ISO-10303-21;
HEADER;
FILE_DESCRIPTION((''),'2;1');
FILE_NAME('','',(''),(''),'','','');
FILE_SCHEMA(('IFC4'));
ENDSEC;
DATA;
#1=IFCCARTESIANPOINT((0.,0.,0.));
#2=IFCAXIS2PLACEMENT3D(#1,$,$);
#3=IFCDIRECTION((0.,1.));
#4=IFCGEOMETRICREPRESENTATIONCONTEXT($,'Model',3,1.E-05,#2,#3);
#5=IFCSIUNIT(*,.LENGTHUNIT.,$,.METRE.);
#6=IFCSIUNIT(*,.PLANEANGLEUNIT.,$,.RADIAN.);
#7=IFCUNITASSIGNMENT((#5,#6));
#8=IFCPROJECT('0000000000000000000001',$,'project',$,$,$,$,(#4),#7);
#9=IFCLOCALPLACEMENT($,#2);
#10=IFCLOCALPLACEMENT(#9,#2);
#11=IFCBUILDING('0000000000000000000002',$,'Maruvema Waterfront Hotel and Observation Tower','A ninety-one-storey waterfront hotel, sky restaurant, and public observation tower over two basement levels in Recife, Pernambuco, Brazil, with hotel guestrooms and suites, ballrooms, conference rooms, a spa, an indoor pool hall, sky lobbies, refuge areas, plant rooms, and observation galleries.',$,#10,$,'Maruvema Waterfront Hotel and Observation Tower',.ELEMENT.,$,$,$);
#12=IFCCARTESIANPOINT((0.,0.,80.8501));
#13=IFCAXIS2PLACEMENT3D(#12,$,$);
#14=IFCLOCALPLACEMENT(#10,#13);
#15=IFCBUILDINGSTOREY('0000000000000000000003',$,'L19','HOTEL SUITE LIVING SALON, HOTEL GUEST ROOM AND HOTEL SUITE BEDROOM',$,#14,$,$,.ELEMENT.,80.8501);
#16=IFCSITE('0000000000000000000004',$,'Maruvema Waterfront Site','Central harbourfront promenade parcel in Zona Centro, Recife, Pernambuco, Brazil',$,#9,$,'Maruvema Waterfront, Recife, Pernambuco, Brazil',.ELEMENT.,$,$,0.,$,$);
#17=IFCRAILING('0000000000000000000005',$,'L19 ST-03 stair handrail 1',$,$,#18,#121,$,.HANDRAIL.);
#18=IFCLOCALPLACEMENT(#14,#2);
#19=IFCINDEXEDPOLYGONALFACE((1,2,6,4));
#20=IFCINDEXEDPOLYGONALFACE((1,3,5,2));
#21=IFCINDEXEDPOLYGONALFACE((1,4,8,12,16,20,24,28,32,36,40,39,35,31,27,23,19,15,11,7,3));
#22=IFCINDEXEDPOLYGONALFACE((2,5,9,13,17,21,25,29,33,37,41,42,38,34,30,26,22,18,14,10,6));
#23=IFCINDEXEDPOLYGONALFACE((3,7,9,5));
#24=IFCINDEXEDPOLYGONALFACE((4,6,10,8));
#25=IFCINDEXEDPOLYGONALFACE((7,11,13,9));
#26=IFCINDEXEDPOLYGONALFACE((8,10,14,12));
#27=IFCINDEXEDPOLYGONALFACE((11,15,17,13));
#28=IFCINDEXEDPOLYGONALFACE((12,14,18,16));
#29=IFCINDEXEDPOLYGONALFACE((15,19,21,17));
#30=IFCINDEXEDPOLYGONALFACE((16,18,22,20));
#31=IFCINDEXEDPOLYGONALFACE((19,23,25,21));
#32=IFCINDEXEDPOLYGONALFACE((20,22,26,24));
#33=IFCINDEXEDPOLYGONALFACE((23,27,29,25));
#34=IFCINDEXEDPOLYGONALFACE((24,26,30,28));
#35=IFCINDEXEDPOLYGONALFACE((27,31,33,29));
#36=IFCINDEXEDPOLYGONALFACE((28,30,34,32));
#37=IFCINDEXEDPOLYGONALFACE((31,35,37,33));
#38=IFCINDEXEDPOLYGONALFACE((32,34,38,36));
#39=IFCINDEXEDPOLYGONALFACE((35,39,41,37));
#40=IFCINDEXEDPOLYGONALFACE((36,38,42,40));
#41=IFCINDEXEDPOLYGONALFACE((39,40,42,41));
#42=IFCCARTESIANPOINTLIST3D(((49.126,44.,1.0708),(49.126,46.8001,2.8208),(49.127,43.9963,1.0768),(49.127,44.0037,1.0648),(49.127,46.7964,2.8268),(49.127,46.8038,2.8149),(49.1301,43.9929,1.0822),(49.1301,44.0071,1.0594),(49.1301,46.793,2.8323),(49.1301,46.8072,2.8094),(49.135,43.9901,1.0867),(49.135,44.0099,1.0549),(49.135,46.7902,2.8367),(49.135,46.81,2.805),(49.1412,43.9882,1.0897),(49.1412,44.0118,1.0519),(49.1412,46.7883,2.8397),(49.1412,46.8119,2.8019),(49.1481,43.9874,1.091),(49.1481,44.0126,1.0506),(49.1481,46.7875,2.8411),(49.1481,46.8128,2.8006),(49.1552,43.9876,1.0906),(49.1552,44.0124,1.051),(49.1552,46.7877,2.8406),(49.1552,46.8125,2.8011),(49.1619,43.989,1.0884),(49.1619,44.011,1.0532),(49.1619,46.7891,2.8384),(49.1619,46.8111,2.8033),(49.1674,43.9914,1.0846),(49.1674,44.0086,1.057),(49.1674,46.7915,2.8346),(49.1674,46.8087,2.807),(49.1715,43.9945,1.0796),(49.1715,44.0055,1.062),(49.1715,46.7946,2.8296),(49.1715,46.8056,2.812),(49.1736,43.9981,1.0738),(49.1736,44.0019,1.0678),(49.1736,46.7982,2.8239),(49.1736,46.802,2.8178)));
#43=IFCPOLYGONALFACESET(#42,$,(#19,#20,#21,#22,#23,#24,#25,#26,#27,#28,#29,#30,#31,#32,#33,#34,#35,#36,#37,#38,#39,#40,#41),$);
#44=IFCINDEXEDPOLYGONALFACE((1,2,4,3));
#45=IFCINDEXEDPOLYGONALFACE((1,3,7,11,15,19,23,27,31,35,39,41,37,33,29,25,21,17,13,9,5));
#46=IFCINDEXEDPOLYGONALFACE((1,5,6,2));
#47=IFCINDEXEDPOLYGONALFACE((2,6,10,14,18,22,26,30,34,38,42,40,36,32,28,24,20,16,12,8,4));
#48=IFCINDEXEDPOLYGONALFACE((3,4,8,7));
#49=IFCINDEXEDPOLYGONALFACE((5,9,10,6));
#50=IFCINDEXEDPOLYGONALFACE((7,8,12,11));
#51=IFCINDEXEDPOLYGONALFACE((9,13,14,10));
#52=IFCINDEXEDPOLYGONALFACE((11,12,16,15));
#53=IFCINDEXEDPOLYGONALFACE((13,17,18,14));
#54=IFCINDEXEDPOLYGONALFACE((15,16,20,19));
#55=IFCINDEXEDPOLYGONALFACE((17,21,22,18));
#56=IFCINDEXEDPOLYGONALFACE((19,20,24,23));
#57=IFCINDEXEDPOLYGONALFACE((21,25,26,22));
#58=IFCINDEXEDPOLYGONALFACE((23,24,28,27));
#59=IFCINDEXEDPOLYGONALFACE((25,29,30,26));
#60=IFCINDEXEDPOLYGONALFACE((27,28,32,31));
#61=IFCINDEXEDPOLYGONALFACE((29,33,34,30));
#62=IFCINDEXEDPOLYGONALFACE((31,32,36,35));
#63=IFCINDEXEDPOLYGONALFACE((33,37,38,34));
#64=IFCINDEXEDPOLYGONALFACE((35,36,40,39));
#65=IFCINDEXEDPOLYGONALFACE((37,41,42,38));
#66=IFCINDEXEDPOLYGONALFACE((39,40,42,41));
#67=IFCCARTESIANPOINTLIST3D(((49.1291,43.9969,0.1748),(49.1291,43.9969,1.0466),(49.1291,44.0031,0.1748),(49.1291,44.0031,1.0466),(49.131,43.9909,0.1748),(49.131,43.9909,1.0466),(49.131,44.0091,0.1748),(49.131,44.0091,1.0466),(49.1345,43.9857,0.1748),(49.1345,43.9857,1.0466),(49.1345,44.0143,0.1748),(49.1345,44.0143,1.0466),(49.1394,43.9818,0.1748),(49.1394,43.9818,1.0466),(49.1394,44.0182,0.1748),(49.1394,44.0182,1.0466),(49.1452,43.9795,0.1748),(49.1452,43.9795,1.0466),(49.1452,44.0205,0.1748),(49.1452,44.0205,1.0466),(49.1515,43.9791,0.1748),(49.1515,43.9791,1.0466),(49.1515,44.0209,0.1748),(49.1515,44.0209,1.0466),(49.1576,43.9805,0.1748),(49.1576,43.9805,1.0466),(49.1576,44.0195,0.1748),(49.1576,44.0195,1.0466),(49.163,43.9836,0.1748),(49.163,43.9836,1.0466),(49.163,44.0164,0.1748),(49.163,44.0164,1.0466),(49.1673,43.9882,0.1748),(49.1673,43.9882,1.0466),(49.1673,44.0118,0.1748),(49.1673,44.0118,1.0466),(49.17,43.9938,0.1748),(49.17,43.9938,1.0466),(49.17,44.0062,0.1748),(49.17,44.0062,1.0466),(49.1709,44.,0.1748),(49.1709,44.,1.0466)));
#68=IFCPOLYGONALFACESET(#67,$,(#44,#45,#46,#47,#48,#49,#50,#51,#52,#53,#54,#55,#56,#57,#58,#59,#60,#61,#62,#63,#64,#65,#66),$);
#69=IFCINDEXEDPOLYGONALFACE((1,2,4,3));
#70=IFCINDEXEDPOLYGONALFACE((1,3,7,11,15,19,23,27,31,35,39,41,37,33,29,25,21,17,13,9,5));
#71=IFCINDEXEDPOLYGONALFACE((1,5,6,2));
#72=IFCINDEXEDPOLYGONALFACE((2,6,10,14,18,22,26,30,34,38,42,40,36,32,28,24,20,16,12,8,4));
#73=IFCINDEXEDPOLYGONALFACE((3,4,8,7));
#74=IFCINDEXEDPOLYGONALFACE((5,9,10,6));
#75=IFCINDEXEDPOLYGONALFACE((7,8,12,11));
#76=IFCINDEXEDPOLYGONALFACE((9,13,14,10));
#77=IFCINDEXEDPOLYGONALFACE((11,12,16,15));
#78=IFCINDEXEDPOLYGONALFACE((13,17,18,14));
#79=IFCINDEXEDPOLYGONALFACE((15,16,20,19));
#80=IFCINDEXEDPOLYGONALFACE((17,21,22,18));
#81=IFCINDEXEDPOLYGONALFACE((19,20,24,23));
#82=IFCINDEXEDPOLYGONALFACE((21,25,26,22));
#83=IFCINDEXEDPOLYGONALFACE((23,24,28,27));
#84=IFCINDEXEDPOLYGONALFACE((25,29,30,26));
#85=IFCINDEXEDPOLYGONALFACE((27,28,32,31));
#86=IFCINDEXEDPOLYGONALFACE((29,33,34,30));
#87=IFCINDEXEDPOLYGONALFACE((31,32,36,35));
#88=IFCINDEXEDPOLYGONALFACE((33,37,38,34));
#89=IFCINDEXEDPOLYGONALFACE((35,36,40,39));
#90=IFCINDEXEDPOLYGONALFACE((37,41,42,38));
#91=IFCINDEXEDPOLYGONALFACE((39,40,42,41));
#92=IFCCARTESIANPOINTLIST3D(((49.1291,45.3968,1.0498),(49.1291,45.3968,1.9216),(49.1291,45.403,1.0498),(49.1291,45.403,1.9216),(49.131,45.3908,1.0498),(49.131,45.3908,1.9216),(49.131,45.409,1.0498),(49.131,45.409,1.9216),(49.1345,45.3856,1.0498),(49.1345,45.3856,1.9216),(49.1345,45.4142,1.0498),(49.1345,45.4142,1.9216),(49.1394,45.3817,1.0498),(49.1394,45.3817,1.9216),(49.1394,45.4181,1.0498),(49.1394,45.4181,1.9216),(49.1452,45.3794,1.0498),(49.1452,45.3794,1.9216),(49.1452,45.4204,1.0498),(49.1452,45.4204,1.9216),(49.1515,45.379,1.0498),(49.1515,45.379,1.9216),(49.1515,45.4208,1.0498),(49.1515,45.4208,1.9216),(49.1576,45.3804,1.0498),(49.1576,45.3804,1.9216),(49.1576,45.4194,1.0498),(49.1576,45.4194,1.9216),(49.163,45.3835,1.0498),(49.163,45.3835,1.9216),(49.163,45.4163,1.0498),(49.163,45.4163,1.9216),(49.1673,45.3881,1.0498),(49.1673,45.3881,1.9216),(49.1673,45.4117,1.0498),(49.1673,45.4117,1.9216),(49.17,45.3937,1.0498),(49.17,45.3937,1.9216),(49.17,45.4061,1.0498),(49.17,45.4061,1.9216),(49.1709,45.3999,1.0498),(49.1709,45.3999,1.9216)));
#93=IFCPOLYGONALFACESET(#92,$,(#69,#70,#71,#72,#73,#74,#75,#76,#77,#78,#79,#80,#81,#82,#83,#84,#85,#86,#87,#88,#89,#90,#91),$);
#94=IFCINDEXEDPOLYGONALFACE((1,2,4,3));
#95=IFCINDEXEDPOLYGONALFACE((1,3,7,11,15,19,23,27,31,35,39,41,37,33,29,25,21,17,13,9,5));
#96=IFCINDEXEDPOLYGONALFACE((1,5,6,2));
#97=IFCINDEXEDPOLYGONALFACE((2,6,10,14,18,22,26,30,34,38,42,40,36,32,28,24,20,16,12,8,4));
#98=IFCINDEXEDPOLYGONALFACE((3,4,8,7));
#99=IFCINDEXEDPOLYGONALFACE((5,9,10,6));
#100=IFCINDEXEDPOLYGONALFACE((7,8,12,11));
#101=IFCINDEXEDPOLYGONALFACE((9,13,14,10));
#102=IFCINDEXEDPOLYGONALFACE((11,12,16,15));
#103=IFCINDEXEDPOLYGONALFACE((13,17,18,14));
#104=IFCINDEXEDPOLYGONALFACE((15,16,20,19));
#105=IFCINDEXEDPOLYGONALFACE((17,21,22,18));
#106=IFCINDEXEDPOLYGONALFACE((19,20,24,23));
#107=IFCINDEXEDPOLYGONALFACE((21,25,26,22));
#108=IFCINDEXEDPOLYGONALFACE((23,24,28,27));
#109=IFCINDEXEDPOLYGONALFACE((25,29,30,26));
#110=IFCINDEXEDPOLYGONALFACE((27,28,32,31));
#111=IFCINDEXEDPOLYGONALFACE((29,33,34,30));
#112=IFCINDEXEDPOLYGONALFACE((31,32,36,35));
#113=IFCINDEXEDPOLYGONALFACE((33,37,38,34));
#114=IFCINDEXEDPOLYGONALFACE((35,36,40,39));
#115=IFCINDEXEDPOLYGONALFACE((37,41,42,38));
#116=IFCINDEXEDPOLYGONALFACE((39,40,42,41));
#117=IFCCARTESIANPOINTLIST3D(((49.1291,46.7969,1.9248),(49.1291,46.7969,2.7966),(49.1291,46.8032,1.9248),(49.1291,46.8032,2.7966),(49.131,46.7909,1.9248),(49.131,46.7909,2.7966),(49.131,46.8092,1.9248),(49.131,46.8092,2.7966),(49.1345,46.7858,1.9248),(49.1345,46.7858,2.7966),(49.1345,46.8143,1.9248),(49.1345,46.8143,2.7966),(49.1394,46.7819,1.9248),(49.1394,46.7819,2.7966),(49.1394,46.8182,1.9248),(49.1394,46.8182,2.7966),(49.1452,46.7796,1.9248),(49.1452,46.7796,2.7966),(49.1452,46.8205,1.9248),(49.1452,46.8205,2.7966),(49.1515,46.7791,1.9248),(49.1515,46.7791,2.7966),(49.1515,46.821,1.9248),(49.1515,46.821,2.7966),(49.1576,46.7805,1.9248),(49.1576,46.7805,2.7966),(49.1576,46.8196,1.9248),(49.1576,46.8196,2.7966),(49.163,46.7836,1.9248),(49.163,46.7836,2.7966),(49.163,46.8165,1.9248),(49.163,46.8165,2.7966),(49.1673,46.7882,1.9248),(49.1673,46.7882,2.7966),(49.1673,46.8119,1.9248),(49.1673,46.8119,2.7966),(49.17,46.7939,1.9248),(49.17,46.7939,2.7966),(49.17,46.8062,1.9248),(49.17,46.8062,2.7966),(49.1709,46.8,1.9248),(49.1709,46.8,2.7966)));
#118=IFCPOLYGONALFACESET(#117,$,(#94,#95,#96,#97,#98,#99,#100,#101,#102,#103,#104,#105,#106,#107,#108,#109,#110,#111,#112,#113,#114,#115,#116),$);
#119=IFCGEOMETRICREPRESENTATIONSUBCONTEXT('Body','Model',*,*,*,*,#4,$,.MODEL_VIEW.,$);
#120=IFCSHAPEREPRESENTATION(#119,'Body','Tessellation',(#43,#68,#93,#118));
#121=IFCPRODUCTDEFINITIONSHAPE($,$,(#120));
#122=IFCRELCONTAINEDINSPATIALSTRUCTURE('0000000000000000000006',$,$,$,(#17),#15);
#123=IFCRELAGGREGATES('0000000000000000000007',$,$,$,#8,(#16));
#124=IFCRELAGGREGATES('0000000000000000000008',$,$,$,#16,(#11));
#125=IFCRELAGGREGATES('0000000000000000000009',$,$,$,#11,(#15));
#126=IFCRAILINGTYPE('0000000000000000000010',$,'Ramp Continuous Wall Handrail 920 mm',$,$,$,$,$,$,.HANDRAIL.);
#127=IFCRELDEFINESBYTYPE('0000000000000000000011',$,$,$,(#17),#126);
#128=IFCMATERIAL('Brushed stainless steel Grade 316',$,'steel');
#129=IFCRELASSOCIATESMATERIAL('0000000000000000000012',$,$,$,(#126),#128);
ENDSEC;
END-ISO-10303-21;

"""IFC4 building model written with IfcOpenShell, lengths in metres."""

from ifc_helpers import new_model, si_unit, direction, frame, origin, origin_2d, place, context, subcontext, project, spatial, circle, extrude, material, type_object, element, save


model = new_model("IFC4")

# Units and contexts
model_context = context("Model", 3, precision=1e-05, world=origin(), true_north=direction((0.0, 1.0)))
body_context = subcontext(model_context, "Body", "Model", "MODEL_VIEW")
ifc_project = project(units=[si_unit("LENGTHUNIT", "METRE"), si_unit("PLANEANGLEUNIT", "RADIAN")], contexts=[model_context])

# Site, building, storey
site_placement = place(None, origin())
site = spatial("IfcSite", under=ifc_project, at=site_placement, Name="Maruvema Waterfront Site", Description="Central harbourfront promenade parcel in Zona Centro, Recife, Pernambuco, Brazil", LongName="Maruvema Waterfront, Recife, Pernambuco, Brazil", CompositionType="ELEMENT", RefElevation=0.0)
building_placement = place(site_placement, origin())
building = spatial("IfcBuilding", under=site, at=building_placement, Name="Maruvema Waterfront Hotel and Observation Tower", Description="A ninety-one-storey waterfront hotel, sky restaurant, and public observation tower over two basement levels in Recife, Pernambuco, Brazil, with hotel guestrooms and suites, ballrooms, conference rooms, a spa, an indoor pool hall, sky lobbies, refuge areas, plant rooms, and observation galleries.", LongName="Maruvema Waterfront Hotel and Observation Tower", CompositionType="ELEMENT")
storey_placement = place(building_placement, frame((0.0, 0.0, 80.8501)))
storey = spatial("IfcBuildingStorey", under=building, at=storey_placement, Name="L19", Description="HOTEL SUITE LIVING SALON, HOTEL GUEST ROOM AND HOTEL SUITE BEDROOM", CompositionType="ELEMENT", Elevation=80.8501)

# Railing
ifc_material_1 = material(Name="Brushed stainless steel Grade 316", Category="steel")
railing_type_1 = type_object("IfcRailingType", Name="Ramp Continuous Wall Handrail 920 mm", PredefinedType="HANDRAIL", material=ifc_material_1)
railing_1_placement = place(storey_placement, frame((49.1499, 44.0, 0.1748)))
element("IfcRailing", 1, at=railing_1_placement, inside=storey, type_object=railing_type_1, Name="L19 ST-03 stair handrail 1", PredefinedType="HANDRAIL", context=body_context, shape_type="SweptSolid", body=[
    extrude(circle(Radius=0.0239, at=origin_2d()), frame((0.0, 0.0, 0.896), z_axis=(0.0, 0.848002, 0.529992), x_axis=(-1.0, 0.0, 0.0)), (0.0, 0.0, 1.0), 3.302),
    extrude(circle(Radius=0.021, at=origin_2d()), origin(), (0.0, 0.0, 1.0), 0.8718),
    extrude(circle(Radius=0.021, at=origin_2d()), frame((0.0, 1.3999, 0.875)), (0.0, 0.0, 1.0), 0.8718),
    extrude(circle(Radius=0.021, at=origin_2d()), frame((0.0, 2.8, 1.75)), (0.0, 0.0, 1.0), 0.8718),
])

save(model, "model.ifc")
